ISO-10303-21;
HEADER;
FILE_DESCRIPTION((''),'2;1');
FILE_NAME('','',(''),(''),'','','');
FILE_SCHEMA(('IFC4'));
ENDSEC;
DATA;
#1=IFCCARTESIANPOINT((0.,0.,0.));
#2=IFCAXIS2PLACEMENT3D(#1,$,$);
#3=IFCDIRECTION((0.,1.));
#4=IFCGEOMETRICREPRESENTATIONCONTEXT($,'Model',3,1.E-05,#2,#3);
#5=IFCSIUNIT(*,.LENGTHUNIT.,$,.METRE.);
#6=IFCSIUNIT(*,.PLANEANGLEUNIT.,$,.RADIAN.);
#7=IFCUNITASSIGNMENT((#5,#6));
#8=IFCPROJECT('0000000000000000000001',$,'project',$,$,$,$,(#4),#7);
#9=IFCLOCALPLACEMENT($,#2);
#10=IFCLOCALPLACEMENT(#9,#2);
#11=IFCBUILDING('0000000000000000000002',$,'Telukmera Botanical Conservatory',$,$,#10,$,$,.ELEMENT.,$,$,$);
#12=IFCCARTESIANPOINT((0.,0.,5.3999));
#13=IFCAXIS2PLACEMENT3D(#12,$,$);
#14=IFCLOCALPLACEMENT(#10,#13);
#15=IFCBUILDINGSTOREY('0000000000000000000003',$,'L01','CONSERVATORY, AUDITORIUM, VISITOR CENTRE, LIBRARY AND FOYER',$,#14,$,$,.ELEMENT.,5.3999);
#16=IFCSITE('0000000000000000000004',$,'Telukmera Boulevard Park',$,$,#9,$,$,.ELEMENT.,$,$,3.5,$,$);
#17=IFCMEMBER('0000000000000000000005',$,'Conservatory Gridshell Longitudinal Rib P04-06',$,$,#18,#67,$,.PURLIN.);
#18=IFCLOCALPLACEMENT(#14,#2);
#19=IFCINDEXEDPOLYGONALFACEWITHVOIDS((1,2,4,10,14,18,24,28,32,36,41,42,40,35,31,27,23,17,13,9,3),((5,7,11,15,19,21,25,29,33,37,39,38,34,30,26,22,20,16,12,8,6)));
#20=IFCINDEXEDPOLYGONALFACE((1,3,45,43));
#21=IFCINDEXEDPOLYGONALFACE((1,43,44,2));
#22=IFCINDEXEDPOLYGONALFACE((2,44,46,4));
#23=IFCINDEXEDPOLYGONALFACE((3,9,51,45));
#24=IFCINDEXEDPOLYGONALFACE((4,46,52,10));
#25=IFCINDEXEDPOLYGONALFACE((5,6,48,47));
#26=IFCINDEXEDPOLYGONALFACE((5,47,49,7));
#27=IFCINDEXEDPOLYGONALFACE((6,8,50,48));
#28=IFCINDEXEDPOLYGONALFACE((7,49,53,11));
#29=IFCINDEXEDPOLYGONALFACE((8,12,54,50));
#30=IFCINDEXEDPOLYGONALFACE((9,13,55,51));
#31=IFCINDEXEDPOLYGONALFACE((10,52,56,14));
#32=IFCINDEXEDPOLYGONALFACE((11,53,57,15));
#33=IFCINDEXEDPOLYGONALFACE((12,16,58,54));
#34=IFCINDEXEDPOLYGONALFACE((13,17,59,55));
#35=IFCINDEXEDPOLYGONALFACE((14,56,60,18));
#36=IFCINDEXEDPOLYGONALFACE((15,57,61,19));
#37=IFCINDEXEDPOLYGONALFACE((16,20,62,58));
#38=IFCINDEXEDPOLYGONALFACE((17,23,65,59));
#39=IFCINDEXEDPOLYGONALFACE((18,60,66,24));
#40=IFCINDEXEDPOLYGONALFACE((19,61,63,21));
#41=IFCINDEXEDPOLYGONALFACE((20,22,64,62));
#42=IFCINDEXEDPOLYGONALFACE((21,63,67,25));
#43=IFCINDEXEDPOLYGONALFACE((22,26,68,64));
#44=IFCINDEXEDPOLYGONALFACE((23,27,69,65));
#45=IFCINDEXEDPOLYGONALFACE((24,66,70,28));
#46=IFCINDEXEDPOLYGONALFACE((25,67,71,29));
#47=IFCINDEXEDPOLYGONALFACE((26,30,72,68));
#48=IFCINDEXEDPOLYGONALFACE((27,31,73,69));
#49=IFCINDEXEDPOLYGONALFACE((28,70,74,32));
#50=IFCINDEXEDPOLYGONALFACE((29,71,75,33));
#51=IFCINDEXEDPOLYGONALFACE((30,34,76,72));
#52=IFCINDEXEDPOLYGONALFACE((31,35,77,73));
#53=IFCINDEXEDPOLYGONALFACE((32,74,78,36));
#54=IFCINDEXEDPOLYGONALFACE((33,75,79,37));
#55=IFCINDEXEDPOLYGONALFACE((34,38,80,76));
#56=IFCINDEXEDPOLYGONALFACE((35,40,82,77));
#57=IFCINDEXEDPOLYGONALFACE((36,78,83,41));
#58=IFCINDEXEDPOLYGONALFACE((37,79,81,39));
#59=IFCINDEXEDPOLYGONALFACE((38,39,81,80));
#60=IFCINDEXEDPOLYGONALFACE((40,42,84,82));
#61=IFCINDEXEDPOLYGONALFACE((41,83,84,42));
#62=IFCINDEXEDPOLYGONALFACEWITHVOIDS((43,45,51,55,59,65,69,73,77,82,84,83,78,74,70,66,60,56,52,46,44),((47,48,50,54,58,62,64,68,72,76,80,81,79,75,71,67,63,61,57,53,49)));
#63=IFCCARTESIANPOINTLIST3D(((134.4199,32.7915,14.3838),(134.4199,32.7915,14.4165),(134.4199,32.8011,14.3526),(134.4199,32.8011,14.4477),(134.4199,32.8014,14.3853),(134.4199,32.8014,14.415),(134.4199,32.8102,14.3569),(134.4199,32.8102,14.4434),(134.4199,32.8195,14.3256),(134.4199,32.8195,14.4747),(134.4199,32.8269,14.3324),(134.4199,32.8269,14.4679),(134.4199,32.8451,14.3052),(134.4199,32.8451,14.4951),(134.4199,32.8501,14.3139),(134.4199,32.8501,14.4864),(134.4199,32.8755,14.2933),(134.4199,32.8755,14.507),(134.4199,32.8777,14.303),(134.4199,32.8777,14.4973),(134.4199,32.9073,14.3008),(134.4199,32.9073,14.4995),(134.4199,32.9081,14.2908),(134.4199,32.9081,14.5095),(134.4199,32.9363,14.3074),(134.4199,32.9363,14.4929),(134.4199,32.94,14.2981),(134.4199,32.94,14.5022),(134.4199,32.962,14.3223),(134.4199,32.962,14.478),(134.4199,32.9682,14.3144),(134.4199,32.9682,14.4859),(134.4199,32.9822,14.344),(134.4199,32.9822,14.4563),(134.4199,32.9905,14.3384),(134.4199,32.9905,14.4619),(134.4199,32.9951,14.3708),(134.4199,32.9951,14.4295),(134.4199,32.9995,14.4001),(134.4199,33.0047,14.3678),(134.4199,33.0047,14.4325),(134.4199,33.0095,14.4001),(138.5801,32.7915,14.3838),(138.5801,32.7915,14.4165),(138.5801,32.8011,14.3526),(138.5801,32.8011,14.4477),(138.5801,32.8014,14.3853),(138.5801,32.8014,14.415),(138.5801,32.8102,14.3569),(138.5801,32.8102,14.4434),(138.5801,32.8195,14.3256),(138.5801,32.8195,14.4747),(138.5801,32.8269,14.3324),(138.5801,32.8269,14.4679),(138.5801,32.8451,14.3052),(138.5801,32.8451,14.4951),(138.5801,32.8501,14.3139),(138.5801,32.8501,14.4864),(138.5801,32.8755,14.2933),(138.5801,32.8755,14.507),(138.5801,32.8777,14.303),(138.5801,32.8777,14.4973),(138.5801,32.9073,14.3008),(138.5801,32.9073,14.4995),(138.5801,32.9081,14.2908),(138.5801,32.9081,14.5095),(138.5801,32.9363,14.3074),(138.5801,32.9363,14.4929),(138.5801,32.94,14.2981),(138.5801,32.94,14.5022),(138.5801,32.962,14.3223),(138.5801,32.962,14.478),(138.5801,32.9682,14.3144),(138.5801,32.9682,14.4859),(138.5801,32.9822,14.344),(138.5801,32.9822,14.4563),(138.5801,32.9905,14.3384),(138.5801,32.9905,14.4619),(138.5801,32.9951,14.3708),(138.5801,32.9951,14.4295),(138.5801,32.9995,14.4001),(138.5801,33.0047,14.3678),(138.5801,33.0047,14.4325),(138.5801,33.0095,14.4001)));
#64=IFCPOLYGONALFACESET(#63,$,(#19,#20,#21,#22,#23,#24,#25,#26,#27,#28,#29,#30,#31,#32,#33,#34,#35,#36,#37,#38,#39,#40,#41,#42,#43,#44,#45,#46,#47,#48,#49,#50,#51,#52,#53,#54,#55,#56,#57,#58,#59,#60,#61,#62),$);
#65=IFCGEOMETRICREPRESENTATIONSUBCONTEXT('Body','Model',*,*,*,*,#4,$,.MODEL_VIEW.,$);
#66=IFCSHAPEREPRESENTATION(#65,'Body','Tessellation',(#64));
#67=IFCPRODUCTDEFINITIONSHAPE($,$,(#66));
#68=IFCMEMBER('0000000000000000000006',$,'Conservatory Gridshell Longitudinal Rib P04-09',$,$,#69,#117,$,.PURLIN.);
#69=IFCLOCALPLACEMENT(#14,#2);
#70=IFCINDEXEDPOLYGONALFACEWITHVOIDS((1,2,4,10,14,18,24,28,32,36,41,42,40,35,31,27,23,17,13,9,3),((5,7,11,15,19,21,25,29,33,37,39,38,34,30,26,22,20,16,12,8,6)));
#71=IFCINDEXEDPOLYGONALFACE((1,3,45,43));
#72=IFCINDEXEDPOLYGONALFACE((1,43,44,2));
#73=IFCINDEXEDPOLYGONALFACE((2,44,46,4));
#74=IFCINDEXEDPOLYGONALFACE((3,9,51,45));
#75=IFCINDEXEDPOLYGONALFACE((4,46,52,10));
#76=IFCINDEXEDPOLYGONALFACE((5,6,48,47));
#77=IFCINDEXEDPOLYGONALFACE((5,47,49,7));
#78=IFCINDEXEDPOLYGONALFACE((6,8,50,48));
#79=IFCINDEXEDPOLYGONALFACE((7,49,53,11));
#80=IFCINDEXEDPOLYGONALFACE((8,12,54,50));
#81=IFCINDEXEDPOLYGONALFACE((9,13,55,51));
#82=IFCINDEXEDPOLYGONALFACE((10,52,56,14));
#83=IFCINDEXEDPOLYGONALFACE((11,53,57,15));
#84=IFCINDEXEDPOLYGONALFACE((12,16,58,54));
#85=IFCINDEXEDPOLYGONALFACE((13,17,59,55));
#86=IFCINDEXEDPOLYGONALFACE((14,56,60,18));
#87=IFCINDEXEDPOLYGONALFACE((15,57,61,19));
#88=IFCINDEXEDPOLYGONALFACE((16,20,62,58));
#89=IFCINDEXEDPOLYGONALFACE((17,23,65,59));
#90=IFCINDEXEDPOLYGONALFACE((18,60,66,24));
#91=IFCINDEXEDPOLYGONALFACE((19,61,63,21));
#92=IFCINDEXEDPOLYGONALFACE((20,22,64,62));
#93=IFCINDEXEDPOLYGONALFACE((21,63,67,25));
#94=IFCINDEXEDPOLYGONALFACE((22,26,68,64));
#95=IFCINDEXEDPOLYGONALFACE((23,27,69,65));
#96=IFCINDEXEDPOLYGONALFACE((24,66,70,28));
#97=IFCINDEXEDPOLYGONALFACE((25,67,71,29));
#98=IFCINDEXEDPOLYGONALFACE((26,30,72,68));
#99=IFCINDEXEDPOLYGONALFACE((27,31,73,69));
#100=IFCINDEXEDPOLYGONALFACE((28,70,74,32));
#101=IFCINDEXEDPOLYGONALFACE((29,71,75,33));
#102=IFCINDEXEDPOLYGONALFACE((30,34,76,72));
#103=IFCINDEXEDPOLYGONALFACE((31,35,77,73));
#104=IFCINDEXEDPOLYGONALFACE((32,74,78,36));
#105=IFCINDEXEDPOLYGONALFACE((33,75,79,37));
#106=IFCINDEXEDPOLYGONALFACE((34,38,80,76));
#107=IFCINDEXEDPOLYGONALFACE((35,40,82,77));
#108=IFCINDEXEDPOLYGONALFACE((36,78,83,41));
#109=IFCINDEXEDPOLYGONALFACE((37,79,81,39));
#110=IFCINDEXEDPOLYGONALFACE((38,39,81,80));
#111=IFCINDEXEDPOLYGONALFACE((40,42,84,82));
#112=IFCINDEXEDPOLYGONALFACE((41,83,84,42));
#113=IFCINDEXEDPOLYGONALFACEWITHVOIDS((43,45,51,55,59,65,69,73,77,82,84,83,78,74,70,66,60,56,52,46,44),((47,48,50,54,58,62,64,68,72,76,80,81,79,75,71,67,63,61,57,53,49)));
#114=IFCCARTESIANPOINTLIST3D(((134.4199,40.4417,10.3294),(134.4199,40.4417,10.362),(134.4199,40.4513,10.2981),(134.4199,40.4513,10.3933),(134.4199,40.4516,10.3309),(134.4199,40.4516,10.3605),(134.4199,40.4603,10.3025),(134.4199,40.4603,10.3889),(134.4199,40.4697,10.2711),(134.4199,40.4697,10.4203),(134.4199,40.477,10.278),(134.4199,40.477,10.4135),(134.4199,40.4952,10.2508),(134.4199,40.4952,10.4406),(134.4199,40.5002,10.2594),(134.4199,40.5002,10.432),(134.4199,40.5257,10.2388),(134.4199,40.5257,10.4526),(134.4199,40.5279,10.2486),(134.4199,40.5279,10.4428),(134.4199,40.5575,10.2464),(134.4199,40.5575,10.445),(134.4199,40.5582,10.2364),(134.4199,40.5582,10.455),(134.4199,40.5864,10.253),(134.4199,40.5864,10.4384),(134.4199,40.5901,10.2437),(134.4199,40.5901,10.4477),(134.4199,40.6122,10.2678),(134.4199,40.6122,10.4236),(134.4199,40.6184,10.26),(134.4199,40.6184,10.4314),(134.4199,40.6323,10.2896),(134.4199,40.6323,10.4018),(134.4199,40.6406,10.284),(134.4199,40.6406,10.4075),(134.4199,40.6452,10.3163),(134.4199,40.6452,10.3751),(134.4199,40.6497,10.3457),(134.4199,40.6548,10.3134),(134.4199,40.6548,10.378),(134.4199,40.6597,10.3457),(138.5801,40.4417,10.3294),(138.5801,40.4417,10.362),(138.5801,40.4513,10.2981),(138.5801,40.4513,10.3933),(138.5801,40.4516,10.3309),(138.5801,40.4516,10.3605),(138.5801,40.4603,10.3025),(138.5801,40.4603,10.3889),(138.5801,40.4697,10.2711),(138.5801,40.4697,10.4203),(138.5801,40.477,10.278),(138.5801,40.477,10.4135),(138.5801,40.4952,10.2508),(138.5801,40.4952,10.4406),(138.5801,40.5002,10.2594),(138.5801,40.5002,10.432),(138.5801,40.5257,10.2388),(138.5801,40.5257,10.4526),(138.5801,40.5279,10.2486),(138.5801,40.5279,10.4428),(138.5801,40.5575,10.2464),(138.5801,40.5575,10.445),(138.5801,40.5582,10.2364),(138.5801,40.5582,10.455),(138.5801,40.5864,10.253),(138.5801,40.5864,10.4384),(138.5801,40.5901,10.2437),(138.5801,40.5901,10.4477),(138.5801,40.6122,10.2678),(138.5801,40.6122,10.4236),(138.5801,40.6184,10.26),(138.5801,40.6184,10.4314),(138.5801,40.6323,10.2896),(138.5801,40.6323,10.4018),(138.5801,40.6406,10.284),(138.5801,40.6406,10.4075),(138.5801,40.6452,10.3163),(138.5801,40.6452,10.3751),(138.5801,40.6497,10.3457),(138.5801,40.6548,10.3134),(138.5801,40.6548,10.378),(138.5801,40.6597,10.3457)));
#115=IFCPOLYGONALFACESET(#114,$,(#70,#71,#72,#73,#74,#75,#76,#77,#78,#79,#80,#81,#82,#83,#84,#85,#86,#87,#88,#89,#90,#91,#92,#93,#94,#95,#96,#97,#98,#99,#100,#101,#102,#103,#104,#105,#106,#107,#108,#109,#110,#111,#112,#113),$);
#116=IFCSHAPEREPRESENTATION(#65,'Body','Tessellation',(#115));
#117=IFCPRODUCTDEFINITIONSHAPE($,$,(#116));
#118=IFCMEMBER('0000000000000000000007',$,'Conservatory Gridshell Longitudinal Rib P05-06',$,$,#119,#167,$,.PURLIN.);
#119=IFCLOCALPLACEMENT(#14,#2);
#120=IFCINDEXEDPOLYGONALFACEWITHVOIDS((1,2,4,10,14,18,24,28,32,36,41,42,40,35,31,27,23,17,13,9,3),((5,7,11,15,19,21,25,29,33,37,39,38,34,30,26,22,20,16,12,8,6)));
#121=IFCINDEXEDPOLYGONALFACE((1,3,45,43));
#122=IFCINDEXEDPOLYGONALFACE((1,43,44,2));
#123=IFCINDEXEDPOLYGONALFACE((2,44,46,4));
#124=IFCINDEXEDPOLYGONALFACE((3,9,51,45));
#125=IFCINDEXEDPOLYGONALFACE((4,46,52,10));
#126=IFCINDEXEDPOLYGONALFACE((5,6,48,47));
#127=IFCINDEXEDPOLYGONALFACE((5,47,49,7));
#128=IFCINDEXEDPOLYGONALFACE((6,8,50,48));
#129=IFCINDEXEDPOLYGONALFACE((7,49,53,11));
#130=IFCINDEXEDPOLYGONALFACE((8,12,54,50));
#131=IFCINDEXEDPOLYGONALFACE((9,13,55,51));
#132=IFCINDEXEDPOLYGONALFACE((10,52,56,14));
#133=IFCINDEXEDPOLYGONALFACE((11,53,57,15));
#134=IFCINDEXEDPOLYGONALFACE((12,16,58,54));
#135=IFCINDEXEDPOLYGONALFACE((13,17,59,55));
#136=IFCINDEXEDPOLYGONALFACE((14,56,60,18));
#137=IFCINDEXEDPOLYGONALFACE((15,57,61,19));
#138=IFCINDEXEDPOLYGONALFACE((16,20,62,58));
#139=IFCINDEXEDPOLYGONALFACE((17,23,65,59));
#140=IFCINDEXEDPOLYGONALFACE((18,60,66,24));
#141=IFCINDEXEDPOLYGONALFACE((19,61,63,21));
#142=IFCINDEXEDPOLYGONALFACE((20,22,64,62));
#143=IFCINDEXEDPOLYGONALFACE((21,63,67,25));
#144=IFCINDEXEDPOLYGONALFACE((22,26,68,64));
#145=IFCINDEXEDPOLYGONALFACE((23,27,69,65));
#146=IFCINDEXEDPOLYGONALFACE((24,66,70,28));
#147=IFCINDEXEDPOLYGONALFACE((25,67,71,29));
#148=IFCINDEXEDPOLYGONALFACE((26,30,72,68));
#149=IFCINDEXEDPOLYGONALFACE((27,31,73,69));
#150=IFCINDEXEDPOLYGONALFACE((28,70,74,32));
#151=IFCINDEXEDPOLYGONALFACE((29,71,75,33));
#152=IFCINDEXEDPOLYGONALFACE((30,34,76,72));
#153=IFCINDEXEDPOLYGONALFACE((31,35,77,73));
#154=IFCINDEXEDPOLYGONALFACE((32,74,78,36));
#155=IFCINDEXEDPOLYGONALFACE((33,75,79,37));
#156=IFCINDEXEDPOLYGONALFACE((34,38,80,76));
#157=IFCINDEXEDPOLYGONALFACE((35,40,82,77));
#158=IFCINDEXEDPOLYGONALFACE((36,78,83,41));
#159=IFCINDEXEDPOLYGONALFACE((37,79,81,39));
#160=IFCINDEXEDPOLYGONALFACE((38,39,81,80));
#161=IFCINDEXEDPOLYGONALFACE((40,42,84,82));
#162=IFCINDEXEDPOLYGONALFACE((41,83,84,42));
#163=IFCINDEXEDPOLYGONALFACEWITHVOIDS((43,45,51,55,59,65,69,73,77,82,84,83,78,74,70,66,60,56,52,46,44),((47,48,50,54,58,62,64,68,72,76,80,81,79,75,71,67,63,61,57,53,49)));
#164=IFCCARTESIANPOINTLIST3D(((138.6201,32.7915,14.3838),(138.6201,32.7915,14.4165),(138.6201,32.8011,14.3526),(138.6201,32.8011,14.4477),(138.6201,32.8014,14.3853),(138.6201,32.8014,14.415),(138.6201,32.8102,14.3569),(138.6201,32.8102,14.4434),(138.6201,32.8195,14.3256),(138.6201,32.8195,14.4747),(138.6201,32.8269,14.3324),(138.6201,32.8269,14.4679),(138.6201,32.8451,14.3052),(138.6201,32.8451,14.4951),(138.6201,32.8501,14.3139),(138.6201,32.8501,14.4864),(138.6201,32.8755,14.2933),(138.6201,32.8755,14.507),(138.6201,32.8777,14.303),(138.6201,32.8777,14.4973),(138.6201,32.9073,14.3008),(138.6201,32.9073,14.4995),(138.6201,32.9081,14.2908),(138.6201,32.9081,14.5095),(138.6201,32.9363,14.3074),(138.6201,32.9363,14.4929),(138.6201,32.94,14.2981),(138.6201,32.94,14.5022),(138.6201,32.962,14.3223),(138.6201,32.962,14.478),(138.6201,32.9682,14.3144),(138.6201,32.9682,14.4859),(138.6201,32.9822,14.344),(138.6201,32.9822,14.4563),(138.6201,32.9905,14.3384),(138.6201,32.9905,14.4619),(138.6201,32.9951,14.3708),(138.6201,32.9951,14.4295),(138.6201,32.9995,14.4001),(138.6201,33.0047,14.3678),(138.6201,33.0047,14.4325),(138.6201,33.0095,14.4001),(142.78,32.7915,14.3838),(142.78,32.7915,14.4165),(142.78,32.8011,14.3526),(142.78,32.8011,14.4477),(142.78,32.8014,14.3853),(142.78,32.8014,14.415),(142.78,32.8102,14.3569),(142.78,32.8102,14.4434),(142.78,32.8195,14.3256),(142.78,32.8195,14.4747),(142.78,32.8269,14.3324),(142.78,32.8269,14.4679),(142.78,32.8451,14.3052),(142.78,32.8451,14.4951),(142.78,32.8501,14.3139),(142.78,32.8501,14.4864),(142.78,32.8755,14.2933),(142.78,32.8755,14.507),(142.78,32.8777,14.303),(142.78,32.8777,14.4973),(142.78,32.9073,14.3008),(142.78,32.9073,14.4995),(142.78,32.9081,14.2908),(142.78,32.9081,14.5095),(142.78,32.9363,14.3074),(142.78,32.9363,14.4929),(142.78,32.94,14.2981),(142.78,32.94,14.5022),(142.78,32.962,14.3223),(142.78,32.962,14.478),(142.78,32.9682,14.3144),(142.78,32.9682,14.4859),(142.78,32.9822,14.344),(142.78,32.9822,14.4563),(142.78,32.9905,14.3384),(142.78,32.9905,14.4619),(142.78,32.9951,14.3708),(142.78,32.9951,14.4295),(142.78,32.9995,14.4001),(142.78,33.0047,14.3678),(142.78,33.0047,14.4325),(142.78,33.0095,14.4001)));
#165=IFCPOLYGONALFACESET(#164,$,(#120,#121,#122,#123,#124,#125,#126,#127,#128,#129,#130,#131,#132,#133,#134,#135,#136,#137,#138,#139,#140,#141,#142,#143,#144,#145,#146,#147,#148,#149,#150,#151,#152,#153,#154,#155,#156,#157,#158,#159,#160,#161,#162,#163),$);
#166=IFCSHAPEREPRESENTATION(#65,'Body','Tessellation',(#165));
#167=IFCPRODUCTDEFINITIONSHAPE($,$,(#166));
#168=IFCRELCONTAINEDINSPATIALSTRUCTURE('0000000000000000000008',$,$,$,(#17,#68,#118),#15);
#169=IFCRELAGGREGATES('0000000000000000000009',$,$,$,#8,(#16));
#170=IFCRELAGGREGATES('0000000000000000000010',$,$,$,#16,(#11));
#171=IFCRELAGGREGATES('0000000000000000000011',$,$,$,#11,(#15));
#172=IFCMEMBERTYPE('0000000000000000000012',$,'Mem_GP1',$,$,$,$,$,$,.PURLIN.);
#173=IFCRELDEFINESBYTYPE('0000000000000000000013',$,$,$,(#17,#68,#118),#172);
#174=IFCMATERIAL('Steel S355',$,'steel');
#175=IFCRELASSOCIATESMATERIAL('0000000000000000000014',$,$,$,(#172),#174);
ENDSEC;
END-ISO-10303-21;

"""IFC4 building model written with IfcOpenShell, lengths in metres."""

from ifc_helpers import new_model, si_unit, direction, frame, origin, origin_2d, place, context, subcontext, project, spatial, hollow_circle, extrude, material, material_profile, profile_set, type_object, element, save


model = new_model("IFC4")

# Units and contexts
model_context = context("Model", 3, precision=1e-05, world=origin(), true_north=direction((0.0, 1.0)))
body_context = subcontext(model_context, "Body", "Model", "MODEL_VIEW")
ifc_project = project(units=[si_unit("LENGTHUNIT", "METRE"), si_unit("PLANEANGLEUNIT", "RADIAN")], contexts=[model_context])

# Site, building, storey
site_placement = place(None, origin())
site = spatial("IfcSite", under=ifc_project, at=site_placement, Name="Telukmera Boulevard Park", CompositionType="ELEMENT", RefElevation=3.5)
building_placement = place(site_placement, origin())
building = spatial("IfcBuilding", under=site, at=building_placement, Name="Telukmera Botanical Conservatory", CompositionType="ELEMENT")
storey_placement = place(building_placement, frame((0.0, 0.0, 5.3999)))
storey = spatial("IfcBuildingStorey", under=building, at=storey_placement, Name="L01", Description="CONSERVATORY, AUDITORIUM, VISITOR CENTRE, LIBRARY AND FOYER", CompositionType="ELEMENT", Elevation=5.3999)

# Members
ifc_material = material(Name="Steel S355", Category="steel")
ifc_material_profile_1 = material_profile(ifc_material, hollow_circle(Radius=0.1096, WallThickness=0.01, at=origin_2d()), Name="CHS 219.1x10.0")
ifc_profile_set_1 = profile_set([ifc_material_profile_1], Name="Steel S355")
member_type_1 = type_object("IfcMemberType", Name="Mem_GP1", PredefinedType="PURLIN", material=ifc_profile_set_1)
for number, where, z_axis, x_axis, name in (
    (1, (134.4199, 32.8999, 14.4001), (1.0, 0.0, 0.0), (0.0, 1.0, 0.0), "Conservatory Gridshell Longitudinal Rib P04-06"),
    (2, (134.4199, 40.55, 10.3457), (1.0, 0.0, 0.0), (0.0, 1.0, 0.0), "Conservatory Gridshell Longitudinal Rib P04-09"),
):
    element("IfcMember", number, at=place(storey_placement, frame(where, z_axis=z_axis, x_axis=x_axis)), inside=storey, type_object=member_type_1, Name=name, PredefinedType="PURLIN", context=body_context, shape_type="SweptSolid", body=[
        extrude(hollow_circle(Radius=0.1096, WallThickness=0.01, at=origin_2d()), origin(), (0.0, 0.0, 1.0), 4.1602),
    ])
member_1_placement = place(storey_placement, frame((138.6201, 32.8999, 14.4001), z_axis=(1.0, 0.0, 0.0), x_axis=(0.0, 1.0, 0.0)))
element("IfcMember", 3, at=member_1_placement, inside=storey, type_object=member_type_1, Name="Conservatory Gridshell Longitudinal Rib P05-06", PredefinedType="PURLIN", context=body_context, shape_type="SweptSolid", body=[
    extrude(hollow_circle(Radius=0.1096, WallThickness=0.01, at=origin_2d()), origin(), (0.0, 0.0, 1.0), 4.1599),
])

save(model, "model.ifc")
